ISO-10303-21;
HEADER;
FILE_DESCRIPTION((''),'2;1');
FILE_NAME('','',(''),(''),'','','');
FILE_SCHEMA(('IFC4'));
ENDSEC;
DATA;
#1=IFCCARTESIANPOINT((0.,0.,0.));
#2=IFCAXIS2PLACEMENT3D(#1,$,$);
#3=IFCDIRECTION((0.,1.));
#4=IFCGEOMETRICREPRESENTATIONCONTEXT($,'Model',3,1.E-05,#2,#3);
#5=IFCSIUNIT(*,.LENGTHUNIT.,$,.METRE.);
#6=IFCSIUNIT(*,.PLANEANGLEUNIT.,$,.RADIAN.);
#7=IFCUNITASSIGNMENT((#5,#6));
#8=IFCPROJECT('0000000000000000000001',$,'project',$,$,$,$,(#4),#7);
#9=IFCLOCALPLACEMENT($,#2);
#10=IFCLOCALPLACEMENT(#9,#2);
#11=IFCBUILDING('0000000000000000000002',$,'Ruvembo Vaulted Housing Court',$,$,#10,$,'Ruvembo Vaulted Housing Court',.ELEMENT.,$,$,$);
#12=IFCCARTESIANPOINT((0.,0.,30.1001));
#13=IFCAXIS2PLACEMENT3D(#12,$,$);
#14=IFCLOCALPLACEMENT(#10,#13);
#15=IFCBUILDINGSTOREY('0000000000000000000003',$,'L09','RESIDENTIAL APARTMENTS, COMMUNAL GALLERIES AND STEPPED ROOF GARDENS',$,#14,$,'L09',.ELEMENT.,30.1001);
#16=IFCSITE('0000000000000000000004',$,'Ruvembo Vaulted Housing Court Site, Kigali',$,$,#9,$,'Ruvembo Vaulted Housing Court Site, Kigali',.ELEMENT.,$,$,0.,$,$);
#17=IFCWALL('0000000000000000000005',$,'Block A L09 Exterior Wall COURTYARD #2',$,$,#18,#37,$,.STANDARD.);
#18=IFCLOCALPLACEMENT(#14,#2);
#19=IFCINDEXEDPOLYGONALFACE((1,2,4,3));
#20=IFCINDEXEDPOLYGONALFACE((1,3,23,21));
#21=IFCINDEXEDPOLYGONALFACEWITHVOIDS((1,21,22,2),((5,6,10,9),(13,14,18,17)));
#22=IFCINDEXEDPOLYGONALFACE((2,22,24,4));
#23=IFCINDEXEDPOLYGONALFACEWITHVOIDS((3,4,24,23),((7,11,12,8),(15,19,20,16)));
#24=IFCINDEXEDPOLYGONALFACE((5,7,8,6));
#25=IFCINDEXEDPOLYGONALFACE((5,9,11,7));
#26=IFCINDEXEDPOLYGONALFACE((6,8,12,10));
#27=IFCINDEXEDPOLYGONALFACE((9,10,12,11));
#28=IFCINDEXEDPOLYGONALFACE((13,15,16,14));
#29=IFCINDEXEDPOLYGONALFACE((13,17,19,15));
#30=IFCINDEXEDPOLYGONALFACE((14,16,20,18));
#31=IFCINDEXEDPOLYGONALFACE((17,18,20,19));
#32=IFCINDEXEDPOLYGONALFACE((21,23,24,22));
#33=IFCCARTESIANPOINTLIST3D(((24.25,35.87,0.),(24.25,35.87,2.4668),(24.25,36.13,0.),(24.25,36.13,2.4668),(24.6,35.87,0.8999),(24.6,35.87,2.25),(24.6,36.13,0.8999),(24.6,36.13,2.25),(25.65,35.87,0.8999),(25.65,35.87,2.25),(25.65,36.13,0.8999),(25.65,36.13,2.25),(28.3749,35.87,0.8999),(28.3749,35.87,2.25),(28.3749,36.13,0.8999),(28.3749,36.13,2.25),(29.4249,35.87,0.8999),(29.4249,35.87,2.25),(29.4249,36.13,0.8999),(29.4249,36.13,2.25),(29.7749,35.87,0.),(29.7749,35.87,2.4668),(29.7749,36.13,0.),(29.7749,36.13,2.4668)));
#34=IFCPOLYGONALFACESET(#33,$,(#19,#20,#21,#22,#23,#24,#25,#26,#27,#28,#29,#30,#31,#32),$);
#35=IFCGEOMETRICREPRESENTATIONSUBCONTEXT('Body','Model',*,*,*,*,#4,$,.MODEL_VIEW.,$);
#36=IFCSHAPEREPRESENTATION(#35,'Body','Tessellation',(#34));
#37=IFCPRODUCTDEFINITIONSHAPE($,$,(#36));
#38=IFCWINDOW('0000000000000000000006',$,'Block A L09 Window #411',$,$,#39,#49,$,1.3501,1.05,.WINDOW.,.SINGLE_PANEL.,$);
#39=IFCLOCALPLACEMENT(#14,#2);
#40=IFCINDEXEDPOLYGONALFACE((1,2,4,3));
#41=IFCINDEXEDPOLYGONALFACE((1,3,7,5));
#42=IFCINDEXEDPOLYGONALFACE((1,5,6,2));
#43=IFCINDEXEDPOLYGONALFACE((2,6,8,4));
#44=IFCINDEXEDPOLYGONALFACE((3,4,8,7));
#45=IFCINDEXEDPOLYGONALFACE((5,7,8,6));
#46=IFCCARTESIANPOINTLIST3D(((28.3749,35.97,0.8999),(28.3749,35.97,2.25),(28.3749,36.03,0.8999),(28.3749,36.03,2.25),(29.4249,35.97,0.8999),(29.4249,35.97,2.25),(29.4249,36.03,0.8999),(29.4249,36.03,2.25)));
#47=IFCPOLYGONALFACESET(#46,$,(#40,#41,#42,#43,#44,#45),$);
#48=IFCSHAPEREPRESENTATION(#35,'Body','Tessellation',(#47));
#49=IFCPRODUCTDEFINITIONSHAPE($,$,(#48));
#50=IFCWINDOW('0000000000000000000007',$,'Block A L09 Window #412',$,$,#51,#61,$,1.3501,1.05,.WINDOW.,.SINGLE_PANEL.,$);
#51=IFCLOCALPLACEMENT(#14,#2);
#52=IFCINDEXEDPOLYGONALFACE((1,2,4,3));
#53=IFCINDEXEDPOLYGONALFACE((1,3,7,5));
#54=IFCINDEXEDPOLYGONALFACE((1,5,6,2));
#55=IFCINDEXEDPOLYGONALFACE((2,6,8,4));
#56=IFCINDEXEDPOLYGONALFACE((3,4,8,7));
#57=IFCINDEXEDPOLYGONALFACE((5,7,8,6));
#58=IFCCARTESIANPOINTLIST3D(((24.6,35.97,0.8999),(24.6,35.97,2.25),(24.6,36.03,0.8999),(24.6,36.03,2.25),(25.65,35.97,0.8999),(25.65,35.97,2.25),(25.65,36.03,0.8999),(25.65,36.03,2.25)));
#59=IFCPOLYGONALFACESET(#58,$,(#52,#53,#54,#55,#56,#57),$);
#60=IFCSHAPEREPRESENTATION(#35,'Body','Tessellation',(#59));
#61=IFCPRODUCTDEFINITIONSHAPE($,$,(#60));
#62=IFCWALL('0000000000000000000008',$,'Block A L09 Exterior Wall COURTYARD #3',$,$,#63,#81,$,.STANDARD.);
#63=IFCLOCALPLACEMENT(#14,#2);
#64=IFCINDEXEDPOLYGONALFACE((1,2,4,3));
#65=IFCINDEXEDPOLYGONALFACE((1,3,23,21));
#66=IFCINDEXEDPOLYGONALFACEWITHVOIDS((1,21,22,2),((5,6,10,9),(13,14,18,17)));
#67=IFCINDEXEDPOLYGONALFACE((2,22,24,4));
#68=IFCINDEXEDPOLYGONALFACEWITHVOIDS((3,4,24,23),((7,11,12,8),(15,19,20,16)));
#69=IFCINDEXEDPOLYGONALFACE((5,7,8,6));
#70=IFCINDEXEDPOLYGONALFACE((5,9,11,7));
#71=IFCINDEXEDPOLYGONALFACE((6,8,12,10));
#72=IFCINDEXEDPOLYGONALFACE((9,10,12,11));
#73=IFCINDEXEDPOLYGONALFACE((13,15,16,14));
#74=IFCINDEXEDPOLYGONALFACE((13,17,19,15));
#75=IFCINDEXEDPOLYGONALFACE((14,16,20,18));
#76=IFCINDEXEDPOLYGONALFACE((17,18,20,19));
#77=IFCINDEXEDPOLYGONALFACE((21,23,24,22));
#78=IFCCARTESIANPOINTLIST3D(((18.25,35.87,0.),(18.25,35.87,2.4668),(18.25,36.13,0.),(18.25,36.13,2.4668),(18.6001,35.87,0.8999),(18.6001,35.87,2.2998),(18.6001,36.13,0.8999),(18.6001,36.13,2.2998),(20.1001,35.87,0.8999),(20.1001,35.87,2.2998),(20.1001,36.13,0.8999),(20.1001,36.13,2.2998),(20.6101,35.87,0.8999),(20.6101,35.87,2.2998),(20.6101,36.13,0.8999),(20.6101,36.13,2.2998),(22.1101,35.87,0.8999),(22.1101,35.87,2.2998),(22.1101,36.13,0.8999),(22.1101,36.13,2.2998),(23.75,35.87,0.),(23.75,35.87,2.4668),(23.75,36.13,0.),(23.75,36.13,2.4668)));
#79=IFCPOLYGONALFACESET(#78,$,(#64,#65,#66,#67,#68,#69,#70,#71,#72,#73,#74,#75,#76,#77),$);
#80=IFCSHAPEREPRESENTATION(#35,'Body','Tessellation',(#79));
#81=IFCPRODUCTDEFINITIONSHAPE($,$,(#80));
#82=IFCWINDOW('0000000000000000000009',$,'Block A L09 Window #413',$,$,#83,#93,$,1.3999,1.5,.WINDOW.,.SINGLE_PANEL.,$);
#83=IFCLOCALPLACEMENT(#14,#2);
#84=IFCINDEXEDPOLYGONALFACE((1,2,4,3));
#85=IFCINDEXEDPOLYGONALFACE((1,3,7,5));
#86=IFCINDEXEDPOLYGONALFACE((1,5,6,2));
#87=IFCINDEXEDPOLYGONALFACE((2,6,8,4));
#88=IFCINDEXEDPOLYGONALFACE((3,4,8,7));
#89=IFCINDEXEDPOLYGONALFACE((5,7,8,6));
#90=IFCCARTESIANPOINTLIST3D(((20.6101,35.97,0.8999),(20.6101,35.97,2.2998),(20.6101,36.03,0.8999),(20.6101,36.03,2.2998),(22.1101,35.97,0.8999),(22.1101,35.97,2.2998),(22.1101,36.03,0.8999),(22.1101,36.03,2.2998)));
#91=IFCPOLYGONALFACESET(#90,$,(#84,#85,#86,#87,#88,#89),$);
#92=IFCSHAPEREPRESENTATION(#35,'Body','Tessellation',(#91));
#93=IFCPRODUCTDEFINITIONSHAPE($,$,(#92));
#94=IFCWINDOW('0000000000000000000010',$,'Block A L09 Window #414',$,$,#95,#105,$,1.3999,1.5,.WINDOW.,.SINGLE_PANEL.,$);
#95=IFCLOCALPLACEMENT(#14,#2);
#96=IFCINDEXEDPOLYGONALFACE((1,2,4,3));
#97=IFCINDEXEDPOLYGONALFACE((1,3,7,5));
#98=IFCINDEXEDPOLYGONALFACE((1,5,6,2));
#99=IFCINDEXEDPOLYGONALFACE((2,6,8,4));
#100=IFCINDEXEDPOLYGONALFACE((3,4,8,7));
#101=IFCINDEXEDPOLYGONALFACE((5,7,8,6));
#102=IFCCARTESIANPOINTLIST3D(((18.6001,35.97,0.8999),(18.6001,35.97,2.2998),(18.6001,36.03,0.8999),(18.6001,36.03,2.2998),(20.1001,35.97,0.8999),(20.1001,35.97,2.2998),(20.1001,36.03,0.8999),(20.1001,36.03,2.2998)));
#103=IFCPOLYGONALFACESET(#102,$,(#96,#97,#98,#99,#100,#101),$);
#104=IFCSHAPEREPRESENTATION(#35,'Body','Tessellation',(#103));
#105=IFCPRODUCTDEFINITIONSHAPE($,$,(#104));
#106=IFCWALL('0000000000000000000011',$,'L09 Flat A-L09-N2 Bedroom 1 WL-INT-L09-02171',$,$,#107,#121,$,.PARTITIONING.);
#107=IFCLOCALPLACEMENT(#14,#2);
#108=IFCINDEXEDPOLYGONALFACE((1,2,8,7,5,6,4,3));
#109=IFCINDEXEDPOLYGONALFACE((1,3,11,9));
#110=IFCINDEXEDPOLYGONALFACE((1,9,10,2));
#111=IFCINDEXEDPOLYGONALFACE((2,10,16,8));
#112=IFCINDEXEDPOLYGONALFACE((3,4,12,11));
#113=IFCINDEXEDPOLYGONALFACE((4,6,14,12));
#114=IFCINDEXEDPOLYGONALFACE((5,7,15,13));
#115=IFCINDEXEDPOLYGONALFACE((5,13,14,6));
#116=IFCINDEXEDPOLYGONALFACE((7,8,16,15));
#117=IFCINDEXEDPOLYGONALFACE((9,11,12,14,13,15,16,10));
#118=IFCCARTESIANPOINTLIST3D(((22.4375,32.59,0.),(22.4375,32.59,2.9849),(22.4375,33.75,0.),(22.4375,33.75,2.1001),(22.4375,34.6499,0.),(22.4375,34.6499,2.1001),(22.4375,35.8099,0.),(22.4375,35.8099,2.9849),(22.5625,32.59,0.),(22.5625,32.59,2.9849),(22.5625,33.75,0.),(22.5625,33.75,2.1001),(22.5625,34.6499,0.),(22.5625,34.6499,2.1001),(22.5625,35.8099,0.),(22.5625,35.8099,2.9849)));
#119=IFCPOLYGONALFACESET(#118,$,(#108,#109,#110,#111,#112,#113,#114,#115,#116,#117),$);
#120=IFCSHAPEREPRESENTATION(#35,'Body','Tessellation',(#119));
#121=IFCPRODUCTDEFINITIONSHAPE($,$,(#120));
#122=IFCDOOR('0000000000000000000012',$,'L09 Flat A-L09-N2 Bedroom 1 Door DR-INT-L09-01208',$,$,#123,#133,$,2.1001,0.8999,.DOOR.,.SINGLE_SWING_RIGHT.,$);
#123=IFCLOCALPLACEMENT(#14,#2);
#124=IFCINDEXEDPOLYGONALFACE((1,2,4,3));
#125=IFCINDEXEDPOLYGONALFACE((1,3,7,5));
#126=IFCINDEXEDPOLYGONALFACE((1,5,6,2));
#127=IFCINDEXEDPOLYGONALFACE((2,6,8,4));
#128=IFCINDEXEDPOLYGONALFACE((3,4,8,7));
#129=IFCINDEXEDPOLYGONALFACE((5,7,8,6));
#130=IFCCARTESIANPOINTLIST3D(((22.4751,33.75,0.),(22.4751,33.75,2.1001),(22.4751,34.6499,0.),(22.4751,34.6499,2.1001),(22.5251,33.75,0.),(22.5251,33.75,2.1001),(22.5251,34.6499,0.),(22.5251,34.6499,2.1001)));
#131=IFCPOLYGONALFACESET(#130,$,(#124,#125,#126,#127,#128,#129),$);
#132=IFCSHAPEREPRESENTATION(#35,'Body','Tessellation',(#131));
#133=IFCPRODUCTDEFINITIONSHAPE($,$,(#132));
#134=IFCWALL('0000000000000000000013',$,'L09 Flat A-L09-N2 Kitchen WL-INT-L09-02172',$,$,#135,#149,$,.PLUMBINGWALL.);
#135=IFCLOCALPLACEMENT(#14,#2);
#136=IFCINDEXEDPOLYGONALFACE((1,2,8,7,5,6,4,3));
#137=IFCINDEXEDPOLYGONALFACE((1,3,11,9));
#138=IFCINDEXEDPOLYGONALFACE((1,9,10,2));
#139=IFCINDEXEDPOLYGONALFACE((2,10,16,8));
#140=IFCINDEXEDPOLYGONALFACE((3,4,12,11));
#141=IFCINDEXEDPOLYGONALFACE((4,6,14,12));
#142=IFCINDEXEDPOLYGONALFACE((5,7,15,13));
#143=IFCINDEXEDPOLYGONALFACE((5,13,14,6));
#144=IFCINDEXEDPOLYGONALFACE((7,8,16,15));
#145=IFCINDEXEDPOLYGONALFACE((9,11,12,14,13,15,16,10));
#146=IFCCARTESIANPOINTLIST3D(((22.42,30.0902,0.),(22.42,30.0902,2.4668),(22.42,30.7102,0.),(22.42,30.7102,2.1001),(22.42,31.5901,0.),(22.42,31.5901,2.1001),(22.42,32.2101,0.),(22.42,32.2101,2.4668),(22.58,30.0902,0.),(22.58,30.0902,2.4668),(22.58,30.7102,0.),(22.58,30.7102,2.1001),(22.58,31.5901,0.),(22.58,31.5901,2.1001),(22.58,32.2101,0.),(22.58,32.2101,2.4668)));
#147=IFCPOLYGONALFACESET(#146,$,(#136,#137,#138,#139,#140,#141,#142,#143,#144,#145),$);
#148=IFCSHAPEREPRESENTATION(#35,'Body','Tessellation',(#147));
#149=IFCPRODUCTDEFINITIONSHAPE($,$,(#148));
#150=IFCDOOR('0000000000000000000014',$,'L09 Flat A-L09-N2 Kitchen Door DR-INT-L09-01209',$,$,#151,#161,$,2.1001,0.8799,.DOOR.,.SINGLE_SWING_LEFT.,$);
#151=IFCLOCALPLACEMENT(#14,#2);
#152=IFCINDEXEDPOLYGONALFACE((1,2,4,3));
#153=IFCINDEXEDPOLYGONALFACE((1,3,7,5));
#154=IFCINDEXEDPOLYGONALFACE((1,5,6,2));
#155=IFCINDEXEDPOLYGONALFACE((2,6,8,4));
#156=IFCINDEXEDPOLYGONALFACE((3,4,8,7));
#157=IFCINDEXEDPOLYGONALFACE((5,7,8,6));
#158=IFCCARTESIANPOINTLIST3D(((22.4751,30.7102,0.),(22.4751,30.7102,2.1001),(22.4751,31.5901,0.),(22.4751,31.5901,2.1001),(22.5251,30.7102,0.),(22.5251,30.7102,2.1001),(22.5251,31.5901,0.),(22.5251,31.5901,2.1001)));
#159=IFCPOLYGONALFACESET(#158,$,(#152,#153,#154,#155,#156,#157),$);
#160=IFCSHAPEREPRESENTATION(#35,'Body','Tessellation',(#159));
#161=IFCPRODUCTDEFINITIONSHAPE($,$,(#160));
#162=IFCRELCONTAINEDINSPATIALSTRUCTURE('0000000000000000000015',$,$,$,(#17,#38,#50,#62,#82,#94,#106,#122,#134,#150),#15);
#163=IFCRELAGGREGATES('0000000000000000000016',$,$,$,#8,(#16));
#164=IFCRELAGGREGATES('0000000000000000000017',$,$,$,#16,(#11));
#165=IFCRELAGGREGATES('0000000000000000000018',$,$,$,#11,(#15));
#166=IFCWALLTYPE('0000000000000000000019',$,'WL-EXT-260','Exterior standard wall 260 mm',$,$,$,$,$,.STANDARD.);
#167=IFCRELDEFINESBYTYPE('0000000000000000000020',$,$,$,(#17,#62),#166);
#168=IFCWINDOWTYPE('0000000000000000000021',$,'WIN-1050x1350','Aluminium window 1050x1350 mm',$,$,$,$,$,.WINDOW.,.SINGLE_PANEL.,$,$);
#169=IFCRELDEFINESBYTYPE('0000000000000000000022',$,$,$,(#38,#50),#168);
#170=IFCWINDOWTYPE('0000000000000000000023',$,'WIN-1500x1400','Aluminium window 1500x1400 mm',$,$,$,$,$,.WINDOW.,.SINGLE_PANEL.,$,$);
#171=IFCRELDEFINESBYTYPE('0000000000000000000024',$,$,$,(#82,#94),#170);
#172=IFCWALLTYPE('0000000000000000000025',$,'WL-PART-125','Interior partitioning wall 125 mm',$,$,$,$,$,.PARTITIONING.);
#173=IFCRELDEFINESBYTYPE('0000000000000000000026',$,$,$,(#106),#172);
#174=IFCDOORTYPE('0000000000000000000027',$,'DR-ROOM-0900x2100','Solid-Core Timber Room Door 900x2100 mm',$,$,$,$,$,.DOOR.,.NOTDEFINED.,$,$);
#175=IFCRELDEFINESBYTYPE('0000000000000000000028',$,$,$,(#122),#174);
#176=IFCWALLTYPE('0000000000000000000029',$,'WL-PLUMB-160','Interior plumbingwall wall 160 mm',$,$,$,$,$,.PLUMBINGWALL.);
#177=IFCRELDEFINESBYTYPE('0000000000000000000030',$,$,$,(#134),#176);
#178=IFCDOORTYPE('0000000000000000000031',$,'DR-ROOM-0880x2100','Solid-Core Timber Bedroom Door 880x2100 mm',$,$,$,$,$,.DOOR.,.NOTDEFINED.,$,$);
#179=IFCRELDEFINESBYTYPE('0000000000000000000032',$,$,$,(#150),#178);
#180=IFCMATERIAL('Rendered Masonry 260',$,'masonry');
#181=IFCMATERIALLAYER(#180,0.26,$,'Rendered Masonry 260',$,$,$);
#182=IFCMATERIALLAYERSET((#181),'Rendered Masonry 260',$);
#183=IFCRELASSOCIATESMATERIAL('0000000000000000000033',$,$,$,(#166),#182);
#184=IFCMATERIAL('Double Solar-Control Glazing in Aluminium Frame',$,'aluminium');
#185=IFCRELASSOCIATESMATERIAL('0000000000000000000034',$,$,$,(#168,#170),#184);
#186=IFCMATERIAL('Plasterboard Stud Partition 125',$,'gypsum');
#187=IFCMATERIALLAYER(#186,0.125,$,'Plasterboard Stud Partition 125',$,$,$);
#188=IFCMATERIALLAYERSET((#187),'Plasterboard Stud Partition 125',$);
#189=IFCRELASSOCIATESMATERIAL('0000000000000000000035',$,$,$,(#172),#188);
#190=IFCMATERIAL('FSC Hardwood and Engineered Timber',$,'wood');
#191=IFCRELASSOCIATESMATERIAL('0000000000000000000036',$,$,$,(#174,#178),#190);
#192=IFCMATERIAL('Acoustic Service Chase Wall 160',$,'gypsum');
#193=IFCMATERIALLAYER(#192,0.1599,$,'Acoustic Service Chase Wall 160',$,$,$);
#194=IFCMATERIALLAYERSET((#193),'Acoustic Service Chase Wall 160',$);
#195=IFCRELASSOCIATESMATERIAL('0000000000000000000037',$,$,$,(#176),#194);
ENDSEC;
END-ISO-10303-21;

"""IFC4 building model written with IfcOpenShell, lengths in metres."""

from ifc_helpers import new_model, si_unit, direction, frame, frame_2d, origin, place, context, subcontext, project, spatial, rectangle, extrude, material, layer, layer_set, type_object, element, fill, save


model = new_model("IFC4")

# Units and contexts
model_context = context("Model", 3, precision=1e-05, world=origin(), true_north=direction((0.0, 1.0)))
body_context = subcontext(model_context, "Body", "Model", "MODEL_VIEW")
ifc_project = project(units=[si_unit("LENGTHUNIT", "METRE"), si_unit("PLANEANGLEUNIT", "RADIAN")], contexts=[model_context])

# Site, building, storey
site_placement = place(None, origin())
site = spatial("IfcSite", under=ifc_project, at=site_placement, Name="Ruvembo Vaulted Housing Court Site, Kigali", LongName="Ruvembo Vaulted Housing Court Site, Kigali", CompositionType="ELEMENT", RefElevation=0.0)
building_placement = place(site_placement, origin())
building = spatial("IfcBuilding", under=site, at=building_placement, Name="Ruvembo Vaulted Housing Court", LongName="Ruvembo Vaulted Housing Court", CompositionType="ELEMENT")
storey_placement = place(building_placement, frame((0.0, 0.0, 30.1001)))
storey = spatial("IfcBuildingStorey", under=building, at=storey_placement, Name="L09", Description="RESIDENTIAL APARTMENTS, COMMUNAL GALLERIES AND STEPPED ROOF GARDENS", LongName="L09", CompositionType="ELEMENT", Elevation=30.1001)

# Shared definitions
ifc_material_1 = material(Name="FSC Hardwood and Engineered Timber", Category="wood")

# Walls, openings, windows
ifc_material_2 = material(Name="Rendered Masonry 260", Category="masonry")
ifc_layer_1 = layer(ifc_material_2, 0.26, Name="Rendered Masonry 260")
ifc_layer_set_1 = layer_set([ifc_layer_1], Name="Rendered Masonry 260")
wall_type_1 = type_object("IfcWallType", Name="WL-EXT-260", Description="Exterior standard wall 260 mm", PredefinedType="STANDARD", material=ifc_layer_set_1)
wall_1_placement = place(storey_placement, frame((29.7749, 36.0, 0.0), z_axis=(0.0, 0.0, 1.0), x_axis=(-1.0, 0.0, 0.0)))
wall_1 = element("IfcWall", 1, at=wall_1_placement, inside=storey, type_object=wall_type_1, Name="Block A L09 Exterior Wall COURTYARD #2", PredefinedType="STANDARD", context=body_context, shape_type="SweptSolid", body=[
    extrude(rectangle(XDim=5.5249, YDim=0.26, at=frame_2d((2.7625, 0.0))), origin(), (0.0, 0.0, 1.0), 2.4668),
])
opening_1_placement = place(wall_1_placement, frame((0.3501, 0.0, 0.8999)))
opening_1 = element("IfcOpeningElement", 2, at=opening_1_placement, cuts=wall_1, PredefinedType="OPENING", context=body_context, shape_type="SweptSolid", body=[
    extrude(rectangle(XDim=1.05, YDim=1.3501, at=frame_2d((0.5249, 0.675))), frame((0.0, 0.1399, 0.0), z_axis=(0.0, -1.0, 0.0), x_axis=(1.0, 0.0, 0.0)), (0.0, 0.0, 1.0), 0.28),
])
opening_2_placement = place(wall_1_placement, frame((4.125, 0.0, 0.8999)))
opening_2 = element("IfcOpeningElement", 3, at=opening_2_placement, cuts=wall_1, PredefinedType="OPENING", context=body_context, shape_type="SweptSolid", body=[
    extrude(rectangle(XDim=1.05, YDim=1.3501, at=frame_2d((0.5249, 0.675))), frame((0.0, 0.1399, 0.0), z_axis=(0.0, -1.0, 0.0), x_axis=(1.0, 0.0, 0.0)), (0.0, 0.0, 1.0), 0.28),
])
ifc_material_3 = material(Name="Double Solar-Control Glazing in Aluminium Frame", Category="aluminium")
window_type_1 = type_object("IfcWindowType", Name="WIN-1050x1350", Description="Aluminium window 1050x1350 mm", PartitioningType="SINGLE_PANEL", PredefinedType="WINDOW", material=ifc_material_3)
window_1_placement = place(opening_1_placement, origin())
window_1 = element("IfcWindow", 4, at=window_1_placement, inside=storey, type_object=window_type_1, Name="Block A L09 Window #411", OverallHeight=1.3501, OverallWidth=1.05, PartitioningType="SINGLE_PANEL", PredefinedType="WINDOW", context=body_context, shape_type="SweptSolid", body=[
    extrude(rectangle(XDim=1.05, YDim=1.3501, at=frame_2d((0.5249, 0.675))), frame((0.0, 0.03, 0.0), z_axis=(0.0, -1.0, 0.0), x_axis=(1.0, 0.0, 0.0)), (0.0, 0.0, 1.0), 0.0601),
])
fill(opening_1, window_1)
window_2_placement = place(opening_2_placement, origin())
window_2 = element("IfcWindow", 5, at=window_2_placement, inside=storey, type_object=window_type_1, Name="Block A L09 Window #412", OverallHeight=1.3501, OverallWidth=1.05, PartitioningType="SINGLE_PANEL", PredefinedType="WINDOW", context=body_context, shape_type="SweptSolid", body=[
    extrude(rectangle(XDim=1.05, YDim=1.3501, at=frame_2d((0.5249, 0.675))), frame((0.0, 0.03, 0.0), z_axis=(0.0, -1.0, 0.0), x_axis=(1.0, 0.0, 0.0)), (0.0, 0.0, 1.0), 0.0601),
])
fill(opening_2, window_2)
wall_2_placement = place(storey_placement, frame((23.75, 36.0, 0.0), z_axis=(0.0, 0.0, 1.0), x_axis=(-1.0, 0.0, 0.0)))
wall_2 = element("IfcWall", 6, at=wall_2_placement, inside=storey, type_object=wall_type_1, Name="Block A L09 Exterior Wall COURTYARD #3", PredefinedType="STANDARD", context=body_context, shape_type="SweptSolid", body=[
    extrude(rectangle(XDim=5.5, YDim=0.26, at=frame_2d((2.75, 0.0))), origin(), (0.0, 0.0, 1.0), 2.4668),
])
opening_3_placement = place(wall_2_placement, frame((1.6399, 0.0, 0.8999)))
opening_3 = element("IfcOpeningElement", 7, at=opening_3_placement, cuts=wall_2, PredefinedType="OPENING", context=body_context, shape_type="SweptSolid", body=[
    extrude(rectangle(XDim=1.5, YDim=1.3999, at=frame_2d((0.75, 0.7))), frame((0.0, 0.1399, 0.0), z_axis=(0.0, -1.0, 0.0), x_axis=(1.0, 0.0, 0.0)), (0.0, 0.0, 1.0), 0.28),
])
opening_4_placement = place(wall_2_placement, frame((3.6499, 0.0, 0.8999)))
opening_4 = element("IfcOpeningElement", 8, at=opening_4_placement, cuts=wall_2, PredefinedType="OPENING", context=body_context, shape_type="SweptSolid", body=[
    extrude(rectangle(XDim=1.5, YDim=1.3999, at=frame_2d((0.75, 0.7))), frame((0.0, 0.1399, 0.0), z_axis=(0.0, -1.0, 0.0), x_axis=(1.0, 0.0, 0.0)), (0.0, 0.0, 1.0), 0.28),
])
window_type_2 = type_object("IfcWindowType", Name="WIN-1500x1400", Description="Aluminium window 1500x1400 mm", PartitioningType="SINGLE_PANEL", PredefinedType="WINDOW", material=ifc_material_3)
window_3_placement = place(opening_3_placement, origin())
window_3 = element("IfcWindow", 9, at=window_3_placement, inside=storey, type_object=window_type_2, Name="Block A L09 Window #413", OverallHeight=1.3999, OverallWidth=1.5, PartitioningType="SINGLE_PANEL", PredefinedType="WINDOW", context=body_context, shape_type="SweptSolid", body=[
    extrude(rectangle(XDim=1.5, YDim=1.3999, at=frame_2d((0.75, 0.7))), frame((0.0, 0.03, 0.0), z_axis=(0.0, -1.0, 0.0), x_axis=(1.0, 0.0, 0.0)), (0.0, 0.0, 1.0), 0.0601),
])
fill(opening_3, window_3)
window_4_placement = place(opening_4_placement, origin())
window_4 = element("IfcWindow", 10, at=window_4_placement, inside=storey, type_object=window_type_2, Name="Block A L09 Window #414", OverallHeight=1.3999, OverallWidth=1.5, PartitioningType="SINGLE_PANEL", PredefinedType="WINDOW", context=body_context, shape_type="SweptSolid", body=[
    extrude(rectangle(XDim=1.5, YDim=1.3999, at=frame_2d((0.75, 0.7))), frame((0.0, 0.03, 0.0), z_axis=(0.0, -1.0, 0.0), x_axis=(1.0, 0.0, 0.0)), (0.0, 0.0, 1.0), 0.0601),
])
fill(opening_4, window_4)

# Walls, openings, doors
ifc_material_4 = material(Name="Plasterboard Stud Partition 125", Category="gypsum")
ifc_layer_2 = layer(ifc_material_4, 0.125, Name="Plasterboard Stud Partition 125")
ifc_layer_set_2 = layer_set([ifc_layer_2], Name="Plasterboard Stud Partition 125")
wall_type_2 = type_object("IfcWallType", Name="WL-PART-125", Description="Interior partitioning wall 125 mm", PredefinedType="PARTITIONING", material=ifc_layer_set_2)
wall_3_placement = place(storey_placement, frame((22.5, 32.5901, 0.0), z_axis=(0.0, 0.0, 1.0), x_axis=(0.0, 1.0, 0.0)))
wall_3 = element("IfcWall", 11, at=wall_3_placement, inside=storey, type_object=wall_type_2, Name="L09 Flat A-L09-N2 Bedroom 1 WL-INT-L09-02171", PredefinedType="PARTITIONING", context=body_context, shape_type="SweptSolid", body=[
    extrude(rectangle(XDim=3.22, YDim=0.125, at=frame_2d((1.6099, 0.0))), origin(), (0.0, 0.0, 1.0), 2.9849),
])
opening_5_placement = place(wall_3_placement, frame((1.1599, 0.0, 0.0)))
opening_5 = element("IfcOpeningElement", 12, at=opening_5_placement, cuts=wall_3, PredefinedType="OPENING", context=body_context, shape_type="SweptSolid", body=[
    extrude(rectangle(XDim=0.8999, YDim=2.1001, at=frame_2d((0.45, 1.05))), frame((0.0, 0.0725, 0.0), z_axis=(0.0, -1.0, 0.0), x_axis=(1.0, 0.0, 0.0)), (0.0, 0.0, 1.0), 0.145),
])
door_type_1 = type_object("IfcDoorType", Name="DR-ROOM-0900x2100", Description="Solid-Core Timber Room Door 900x2100 mm", OperationType="NOTDEFINED", PredefinedType="DOOR", material=ifc_material_1)
door_1_placement = place(opening_5_placement, origin())
door_1 = element("IfcDoor", 13, at=door_1_placement, inside=storey, type_object=door_type_1, Name="L09 Flat A-L09-N2 Bedroom 1 Door DR-INT-L09-01208", OperationType="SINGLE_SWING_RIGHT", OverallHeight=2.1001, OverallWidth=0.8999, PredefinedType="DOOR", context=body_context, shape_type="SweptSolid", body=[
    extrude(rectangle(XDim=0.8999, YDim=2.1001, at=frame_2d((0.45, 1.05))), frame((0.0, 0.0249, 0.0), z_axis=(0.0, -1.0, 0.0), x_axis=(1.0, 0.0, 0.0)), (0.0, 0.0, 1.0), 0.05),
])
fill(opening_5, door_1)
ifc_material_5 = material(Name="Acoustic Service Chase Wall 160", Category="gypsum")
ifc_layer_3 = layer(ifc_material_5, 0.1599, Name="Acoustic Service Chase Wall 160")
ifc_layer_set_3 = layer_set([ifc_layer_3], Name="Acoustic Service Chase Wall 160")
wall_type_3 = type_object("IfcWallType", Name="WL-PLUMB-160", Description="Interior plumbingwall wall 160 mm", PredefinedType="PLUMBINGWALL", material=ifc_layer_set_3)
wall_4_placement = place(storey_placement, frame((22.5, 30.0901, 0.0), z_axis=(0.0, 0.0, 1.0), x_axis=(0.0, 1.0, 0.0)))
wall_4 = element("IfcWall", 14, at=wall_4_placement, inside=storey, type_object=wall_type_3, Name="L09 Flat A-L09-N2 Kitchen WL-INT-L09-02172", PredefinedType="PLUMBINGWALL", context=body_context, shape_type="SweptSolid", body=[
    extrude(rectangle(XDim=2.1199, YDim=0.1599, at=frame_2d((1.0601, 0.0))), origin(), (0.0, 0.0, 1.0), 2.4668),
])
opening_6_placement = place(wall_4_placement, frame((0.6201, 0.0, 0.0)))
opening_6 = element("IfcOpeningElement", 15, at=opening_6_placement, cuts=wall_4, PredefinedType="OPENING", context=body_context, shape_type="SweptSolid", body=[
    extrude(rectangle(XDim=0.8799, YDim=2.1001, at=frame_2d((0.4399, 1.05))), frame((0.0, 0.0898, 0.0), z_axis=(0.0, -1.0, 0.0), x_axis=(1.0, 0.0, 0.0)), (0.0, 0.0, 1.0), 0.1799),
])
door_type_2 = type_object("IfcDoorType", Name="DR-ROOM-0880x2100", Description="Solid-Core Timber Bedroom Door 880x2100 mm", OperationType="NOTDEFINED", PredefinedType="DOOR", material=ifc_material_1)
door_2_placement = place(opening_6_placement, origin())
door_2 = element("IfcDoor", 16, at=door_2_placement, inside=storey, type_object=door_type_2, Name="L09 Flat A-L09-N2 Kitchen Door DR-INT-L09-01209", OperationType="SINGLE_SWING_LEFT", OverallHeight=2.1001, OverallWidth=0.8799, PredefinedType="DOOR", context=body_context, shape_type="SweptSolid", body=[
    extrude(rectangle(XDim=0.8799, YDim=2.1001, at=frame_2d((0.4399, 1.05))), frame((0.0, 0.0249, 0.0), z_axis=(0.0, -1.0, 0.0), x_axis=(1.0, 0.0, 0.0)), (0.0, 0.0, 1.0), 0.05),
])
fill(opening_6, door_2)

save(model, "model.ifc")
